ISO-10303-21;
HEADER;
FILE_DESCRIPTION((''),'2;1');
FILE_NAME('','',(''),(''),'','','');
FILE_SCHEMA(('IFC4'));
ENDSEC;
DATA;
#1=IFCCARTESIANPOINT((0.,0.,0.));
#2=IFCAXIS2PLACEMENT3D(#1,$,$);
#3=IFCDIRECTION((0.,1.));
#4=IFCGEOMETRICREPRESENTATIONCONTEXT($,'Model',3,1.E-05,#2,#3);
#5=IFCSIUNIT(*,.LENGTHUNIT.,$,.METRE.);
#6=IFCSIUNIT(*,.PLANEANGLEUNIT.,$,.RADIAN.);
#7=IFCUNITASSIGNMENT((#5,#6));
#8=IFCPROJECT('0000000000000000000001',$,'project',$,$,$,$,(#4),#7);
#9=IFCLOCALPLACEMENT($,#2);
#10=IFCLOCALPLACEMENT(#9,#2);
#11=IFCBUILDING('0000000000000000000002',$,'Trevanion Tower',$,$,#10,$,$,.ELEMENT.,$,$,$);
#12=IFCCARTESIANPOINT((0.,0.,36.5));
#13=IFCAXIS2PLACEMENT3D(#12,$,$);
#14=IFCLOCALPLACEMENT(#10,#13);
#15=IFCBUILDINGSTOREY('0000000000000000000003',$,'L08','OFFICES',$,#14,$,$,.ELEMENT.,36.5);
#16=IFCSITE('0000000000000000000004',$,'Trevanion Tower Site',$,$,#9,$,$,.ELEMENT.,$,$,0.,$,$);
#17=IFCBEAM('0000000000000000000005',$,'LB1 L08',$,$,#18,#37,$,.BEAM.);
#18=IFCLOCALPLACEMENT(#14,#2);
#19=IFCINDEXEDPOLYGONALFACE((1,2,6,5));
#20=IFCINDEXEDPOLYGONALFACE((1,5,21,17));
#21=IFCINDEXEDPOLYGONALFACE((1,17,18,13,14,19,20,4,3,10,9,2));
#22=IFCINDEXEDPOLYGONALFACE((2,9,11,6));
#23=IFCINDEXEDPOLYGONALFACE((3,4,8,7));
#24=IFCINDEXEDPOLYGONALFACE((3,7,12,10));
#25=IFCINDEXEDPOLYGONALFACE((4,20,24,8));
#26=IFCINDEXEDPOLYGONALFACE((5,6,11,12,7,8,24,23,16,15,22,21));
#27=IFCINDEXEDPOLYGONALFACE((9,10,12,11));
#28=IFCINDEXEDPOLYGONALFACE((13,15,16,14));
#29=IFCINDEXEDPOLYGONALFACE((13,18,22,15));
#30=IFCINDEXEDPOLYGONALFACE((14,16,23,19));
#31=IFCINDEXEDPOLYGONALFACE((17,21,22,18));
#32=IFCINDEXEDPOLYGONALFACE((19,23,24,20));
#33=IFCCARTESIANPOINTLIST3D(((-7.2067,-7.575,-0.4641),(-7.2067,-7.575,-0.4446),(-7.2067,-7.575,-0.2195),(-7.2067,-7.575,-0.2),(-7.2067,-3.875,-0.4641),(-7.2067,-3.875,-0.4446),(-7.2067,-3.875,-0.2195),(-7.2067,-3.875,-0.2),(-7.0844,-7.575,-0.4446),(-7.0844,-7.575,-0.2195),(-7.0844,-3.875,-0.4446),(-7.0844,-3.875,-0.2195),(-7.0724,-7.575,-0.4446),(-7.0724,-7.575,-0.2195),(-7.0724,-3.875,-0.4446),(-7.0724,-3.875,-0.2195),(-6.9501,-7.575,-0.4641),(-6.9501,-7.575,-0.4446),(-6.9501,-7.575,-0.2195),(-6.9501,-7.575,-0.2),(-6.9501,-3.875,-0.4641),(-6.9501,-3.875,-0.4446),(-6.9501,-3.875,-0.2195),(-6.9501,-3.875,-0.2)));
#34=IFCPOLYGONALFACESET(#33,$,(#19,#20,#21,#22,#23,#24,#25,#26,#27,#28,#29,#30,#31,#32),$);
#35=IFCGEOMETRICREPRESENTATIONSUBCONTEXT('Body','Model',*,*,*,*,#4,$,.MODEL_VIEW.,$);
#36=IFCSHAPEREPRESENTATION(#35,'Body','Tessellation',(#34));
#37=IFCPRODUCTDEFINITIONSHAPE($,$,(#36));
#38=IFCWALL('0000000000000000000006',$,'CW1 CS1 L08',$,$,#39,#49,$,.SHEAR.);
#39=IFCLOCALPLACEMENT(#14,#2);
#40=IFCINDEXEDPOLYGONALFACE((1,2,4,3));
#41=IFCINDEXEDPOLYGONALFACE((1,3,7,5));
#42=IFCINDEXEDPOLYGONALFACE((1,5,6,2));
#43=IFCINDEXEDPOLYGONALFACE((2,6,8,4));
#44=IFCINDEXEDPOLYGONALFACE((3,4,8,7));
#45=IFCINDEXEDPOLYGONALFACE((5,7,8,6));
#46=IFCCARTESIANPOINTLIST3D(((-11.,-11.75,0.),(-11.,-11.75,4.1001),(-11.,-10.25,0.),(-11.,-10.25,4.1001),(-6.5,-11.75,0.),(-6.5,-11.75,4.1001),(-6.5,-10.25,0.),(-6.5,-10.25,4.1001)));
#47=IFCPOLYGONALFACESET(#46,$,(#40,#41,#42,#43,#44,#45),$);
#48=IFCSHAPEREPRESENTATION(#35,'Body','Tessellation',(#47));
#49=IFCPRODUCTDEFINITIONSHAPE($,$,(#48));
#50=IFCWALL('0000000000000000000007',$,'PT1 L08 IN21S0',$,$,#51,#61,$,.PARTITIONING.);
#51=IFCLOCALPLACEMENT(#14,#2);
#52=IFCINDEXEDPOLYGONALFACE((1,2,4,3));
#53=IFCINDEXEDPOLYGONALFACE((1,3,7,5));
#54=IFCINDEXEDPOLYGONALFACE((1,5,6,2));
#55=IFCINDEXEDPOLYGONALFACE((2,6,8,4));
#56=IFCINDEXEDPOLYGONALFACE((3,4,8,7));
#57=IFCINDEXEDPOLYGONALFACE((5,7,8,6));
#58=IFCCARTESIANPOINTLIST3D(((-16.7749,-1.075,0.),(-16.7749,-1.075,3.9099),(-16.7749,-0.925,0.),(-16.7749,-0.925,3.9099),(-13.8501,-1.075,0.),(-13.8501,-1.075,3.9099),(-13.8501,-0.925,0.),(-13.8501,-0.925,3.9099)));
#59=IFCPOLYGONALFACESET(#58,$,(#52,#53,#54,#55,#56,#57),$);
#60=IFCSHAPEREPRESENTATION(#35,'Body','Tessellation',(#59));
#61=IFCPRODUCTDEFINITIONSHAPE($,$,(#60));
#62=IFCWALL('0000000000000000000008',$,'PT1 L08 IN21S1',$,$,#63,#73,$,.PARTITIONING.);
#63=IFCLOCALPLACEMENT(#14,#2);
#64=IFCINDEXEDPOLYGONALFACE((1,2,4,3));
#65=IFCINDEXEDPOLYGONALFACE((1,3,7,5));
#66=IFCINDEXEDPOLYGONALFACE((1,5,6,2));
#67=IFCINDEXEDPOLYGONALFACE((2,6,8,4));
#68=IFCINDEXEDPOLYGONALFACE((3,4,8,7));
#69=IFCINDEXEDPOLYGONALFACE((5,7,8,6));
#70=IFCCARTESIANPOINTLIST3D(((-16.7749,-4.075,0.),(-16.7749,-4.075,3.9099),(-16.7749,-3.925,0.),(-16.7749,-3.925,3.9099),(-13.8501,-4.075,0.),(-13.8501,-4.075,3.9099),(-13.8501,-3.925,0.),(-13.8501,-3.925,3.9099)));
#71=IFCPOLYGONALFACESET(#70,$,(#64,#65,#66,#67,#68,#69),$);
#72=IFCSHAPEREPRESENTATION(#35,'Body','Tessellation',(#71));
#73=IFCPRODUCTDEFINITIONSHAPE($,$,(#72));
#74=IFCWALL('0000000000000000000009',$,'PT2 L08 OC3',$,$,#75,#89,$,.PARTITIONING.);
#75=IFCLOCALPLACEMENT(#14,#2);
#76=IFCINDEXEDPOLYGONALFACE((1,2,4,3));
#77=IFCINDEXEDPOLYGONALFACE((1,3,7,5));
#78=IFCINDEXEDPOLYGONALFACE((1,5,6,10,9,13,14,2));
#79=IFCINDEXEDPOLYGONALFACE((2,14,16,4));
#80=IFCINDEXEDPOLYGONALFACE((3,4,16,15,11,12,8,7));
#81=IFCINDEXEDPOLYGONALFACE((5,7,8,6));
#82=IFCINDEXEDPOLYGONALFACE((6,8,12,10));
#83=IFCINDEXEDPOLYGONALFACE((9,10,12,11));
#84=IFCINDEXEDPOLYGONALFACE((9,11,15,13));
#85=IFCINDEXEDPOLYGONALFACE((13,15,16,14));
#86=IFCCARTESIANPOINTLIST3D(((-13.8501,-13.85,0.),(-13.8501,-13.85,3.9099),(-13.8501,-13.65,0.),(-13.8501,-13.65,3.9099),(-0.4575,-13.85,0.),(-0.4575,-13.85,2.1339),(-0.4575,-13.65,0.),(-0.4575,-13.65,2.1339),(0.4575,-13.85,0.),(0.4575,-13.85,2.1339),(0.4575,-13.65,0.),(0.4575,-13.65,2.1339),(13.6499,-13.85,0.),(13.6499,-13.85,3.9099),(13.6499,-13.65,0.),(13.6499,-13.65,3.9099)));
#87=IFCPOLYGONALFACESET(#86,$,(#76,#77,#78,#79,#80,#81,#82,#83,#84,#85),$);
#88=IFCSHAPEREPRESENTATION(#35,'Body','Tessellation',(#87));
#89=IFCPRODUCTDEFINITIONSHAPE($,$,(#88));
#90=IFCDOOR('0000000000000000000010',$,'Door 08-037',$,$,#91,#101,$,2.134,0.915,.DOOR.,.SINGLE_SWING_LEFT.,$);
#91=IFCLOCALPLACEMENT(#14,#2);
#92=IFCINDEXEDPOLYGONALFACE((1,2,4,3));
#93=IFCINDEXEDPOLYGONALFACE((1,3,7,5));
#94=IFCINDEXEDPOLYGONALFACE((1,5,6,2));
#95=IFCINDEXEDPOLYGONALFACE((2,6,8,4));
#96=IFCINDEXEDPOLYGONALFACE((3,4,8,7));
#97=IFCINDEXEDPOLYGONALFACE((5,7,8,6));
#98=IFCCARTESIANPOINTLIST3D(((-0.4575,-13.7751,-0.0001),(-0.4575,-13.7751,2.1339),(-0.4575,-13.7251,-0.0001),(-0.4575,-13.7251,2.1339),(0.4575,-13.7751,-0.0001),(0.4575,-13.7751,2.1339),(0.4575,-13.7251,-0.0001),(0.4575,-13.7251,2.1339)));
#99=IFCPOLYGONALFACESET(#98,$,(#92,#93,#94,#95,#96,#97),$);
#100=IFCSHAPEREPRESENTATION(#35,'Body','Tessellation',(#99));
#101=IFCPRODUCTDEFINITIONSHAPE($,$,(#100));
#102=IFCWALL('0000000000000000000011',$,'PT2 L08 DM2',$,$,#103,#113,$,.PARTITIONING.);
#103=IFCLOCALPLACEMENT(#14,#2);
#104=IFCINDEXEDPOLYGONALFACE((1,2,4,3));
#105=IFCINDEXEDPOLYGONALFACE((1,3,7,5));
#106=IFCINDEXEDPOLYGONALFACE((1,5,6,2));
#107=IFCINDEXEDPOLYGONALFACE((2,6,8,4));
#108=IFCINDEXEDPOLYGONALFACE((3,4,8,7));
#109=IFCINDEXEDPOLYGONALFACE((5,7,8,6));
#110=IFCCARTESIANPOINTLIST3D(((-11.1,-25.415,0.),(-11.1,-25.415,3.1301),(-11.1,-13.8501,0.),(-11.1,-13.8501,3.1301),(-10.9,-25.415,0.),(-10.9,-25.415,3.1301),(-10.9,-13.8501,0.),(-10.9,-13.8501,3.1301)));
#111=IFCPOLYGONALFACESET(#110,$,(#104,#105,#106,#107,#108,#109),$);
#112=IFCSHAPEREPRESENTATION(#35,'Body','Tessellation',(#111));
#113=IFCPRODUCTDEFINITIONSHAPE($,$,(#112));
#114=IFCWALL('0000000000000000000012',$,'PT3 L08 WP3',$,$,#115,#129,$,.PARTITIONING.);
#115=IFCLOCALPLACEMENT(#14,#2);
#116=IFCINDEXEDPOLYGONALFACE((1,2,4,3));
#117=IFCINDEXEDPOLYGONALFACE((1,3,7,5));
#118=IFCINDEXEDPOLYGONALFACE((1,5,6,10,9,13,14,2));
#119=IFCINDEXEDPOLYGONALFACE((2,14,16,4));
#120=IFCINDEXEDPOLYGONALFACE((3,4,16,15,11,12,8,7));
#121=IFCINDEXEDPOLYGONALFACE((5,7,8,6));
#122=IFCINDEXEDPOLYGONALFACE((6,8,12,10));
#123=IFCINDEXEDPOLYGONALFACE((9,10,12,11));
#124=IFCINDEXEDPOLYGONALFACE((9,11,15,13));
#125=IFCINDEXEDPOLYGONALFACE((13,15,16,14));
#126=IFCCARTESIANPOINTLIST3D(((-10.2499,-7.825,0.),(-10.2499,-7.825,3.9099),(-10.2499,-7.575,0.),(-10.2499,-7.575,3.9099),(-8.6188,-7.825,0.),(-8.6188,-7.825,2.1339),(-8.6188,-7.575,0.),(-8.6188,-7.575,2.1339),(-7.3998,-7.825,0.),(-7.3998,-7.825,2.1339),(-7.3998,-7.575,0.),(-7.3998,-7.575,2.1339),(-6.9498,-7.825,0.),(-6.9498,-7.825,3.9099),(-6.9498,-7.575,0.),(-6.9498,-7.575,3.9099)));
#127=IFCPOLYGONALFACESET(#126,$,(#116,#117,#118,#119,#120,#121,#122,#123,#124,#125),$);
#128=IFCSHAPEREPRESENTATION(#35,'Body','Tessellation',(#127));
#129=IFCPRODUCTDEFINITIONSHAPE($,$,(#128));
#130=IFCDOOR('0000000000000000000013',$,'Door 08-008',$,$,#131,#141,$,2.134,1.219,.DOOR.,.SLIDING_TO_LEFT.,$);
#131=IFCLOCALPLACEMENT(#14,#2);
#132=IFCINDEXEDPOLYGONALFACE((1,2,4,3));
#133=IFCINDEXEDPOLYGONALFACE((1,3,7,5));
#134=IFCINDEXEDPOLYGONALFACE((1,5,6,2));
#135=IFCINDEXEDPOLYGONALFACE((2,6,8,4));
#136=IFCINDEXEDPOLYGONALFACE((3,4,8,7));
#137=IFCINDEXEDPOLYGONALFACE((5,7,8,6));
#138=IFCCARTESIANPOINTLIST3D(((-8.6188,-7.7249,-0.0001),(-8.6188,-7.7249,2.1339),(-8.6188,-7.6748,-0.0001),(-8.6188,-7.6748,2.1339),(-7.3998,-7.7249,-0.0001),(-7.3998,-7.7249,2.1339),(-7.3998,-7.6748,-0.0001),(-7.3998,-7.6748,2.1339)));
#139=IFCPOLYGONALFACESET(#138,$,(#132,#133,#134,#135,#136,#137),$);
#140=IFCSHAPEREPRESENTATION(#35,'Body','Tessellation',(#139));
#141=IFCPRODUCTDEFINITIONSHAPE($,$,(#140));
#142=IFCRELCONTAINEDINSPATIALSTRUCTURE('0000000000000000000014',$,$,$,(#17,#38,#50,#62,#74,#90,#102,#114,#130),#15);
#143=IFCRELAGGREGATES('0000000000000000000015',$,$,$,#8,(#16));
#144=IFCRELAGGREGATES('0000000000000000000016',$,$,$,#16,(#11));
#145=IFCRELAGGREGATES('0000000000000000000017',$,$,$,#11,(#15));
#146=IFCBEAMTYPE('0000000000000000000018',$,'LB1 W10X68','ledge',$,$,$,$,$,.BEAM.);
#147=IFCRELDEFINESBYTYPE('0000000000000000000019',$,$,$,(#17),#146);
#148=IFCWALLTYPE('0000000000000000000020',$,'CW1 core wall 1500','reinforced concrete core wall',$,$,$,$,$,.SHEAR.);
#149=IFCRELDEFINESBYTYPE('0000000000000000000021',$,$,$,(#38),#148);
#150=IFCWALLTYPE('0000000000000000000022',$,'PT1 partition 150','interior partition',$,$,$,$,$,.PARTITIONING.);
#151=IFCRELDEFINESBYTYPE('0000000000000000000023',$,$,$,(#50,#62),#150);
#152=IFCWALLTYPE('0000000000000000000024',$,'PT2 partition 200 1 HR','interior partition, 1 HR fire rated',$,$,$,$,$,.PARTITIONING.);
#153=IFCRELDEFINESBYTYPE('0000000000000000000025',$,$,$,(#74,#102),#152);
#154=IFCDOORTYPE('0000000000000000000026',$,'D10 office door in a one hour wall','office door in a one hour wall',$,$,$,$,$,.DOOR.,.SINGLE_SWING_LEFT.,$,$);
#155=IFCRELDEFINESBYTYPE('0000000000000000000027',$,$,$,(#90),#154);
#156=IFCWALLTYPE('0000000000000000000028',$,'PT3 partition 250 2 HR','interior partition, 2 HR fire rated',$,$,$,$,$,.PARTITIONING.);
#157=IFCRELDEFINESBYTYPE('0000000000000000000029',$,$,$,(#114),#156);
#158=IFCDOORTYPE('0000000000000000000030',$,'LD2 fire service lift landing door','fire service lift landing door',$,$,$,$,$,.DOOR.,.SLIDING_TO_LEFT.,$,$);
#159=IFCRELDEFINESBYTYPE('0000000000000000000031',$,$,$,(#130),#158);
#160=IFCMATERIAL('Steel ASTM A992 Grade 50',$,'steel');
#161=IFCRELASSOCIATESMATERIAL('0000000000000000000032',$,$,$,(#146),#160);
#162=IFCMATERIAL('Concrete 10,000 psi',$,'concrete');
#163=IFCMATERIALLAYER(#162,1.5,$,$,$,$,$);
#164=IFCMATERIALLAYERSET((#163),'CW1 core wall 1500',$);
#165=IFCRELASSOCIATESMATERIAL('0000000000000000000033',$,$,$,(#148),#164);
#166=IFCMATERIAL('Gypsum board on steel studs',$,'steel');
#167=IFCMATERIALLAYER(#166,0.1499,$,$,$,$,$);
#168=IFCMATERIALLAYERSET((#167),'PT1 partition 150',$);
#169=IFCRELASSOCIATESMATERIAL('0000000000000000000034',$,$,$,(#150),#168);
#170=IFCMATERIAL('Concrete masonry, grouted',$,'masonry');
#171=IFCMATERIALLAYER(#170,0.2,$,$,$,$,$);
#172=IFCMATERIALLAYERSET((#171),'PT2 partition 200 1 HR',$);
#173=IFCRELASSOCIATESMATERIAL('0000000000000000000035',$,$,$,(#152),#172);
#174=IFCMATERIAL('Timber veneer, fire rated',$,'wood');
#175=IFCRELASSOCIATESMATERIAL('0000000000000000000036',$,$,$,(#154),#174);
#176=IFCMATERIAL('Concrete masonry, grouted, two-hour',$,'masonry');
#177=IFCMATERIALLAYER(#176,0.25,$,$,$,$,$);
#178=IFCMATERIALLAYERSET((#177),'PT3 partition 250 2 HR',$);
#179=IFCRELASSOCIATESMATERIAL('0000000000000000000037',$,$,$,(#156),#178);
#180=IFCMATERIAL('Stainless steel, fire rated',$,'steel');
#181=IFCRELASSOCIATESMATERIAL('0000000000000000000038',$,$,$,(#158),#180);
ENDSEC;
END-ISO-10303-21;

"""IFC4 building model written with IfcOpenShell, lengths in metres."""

from ifc_helpers import new_model, si_unit, direction, frame, frame_2d, origin, origin_2d, place, context, subcontext, project, spatial, rectangle, i_section, extrude, material, layer, layer_set, material_profile, profile_set, type_object, element, fill, save


model = new_model("IFC4")

# Units and contexts
model_context = context("Model", 3, precision=1e-05, world=origin(), true_north=direction((0.0, 1.0)))
body_context = subcontext(model_context, "Body", "Model", "MODEL_VIEW")
ifc_project = project(units=[si_unit("LENGTHUNIT", "METRE"), si_unit("PLANEANGLEUNIT", "RADIAN")], contexts=[model_context])

# Site, building, storey
site_placement = place(None, origin())
site = spatial("IfcSite", under=ifc_project, at=site_placement, Name="Trevanion Tower Site", CompositionType="ELEMENT", RefElevation=0.0)
building_placement = place(site_placement, origin())
building = spatial("IfcBuilding", under=site, at=building_placement, Name="Trevanion Tower", CompositionType="ELEMENT")
storey_placement = place(building_placement, frame((0.0, 0.0, 36.5)))
storey = spatial("IfcBuildingStorey", under=building, at=storey_placement, Name="L08", Description="OFFICES", CompositionType="ELEMENT", Elevation=36.5)

# Beam
ifc_material_1 = material(Name="Steel ASTM A992 Grade 50", Category="steel")
ifc_material_profile_1 = material_profile(ifc_material_1, i_section(OverallWidth=0.2566, OverallDepth=0.2642, WebThickness=0.012, FlangeThickness=0.0195, at=origin_2d()), Name="W10X68")
ifc_profile_set_1 = profile_set([ifc_material_profile_1], Name="Steel ASTM A992 Grade 50")
beam_type_1 = type_object("IfcBeamType", Name="LB1 W10X68", Description="ledge", PredefinedType="BEAM", material=ifc_profile_set_1)
for number, where, z_axis, x_axis, name in (
    (1, (-7.0784, -7.575, -0.332), (0.0, 1.0, 0.0), (-1.0, 0.0, 0.0), "LB1 L08"),
):
    element("IfcBeam", number, at=place(storey_placement, frame(where, z_axis=z_axis, x_axis=x_axis)), inside=storey, type_object=beam_type_1, Name=name, PredefinedType="BEAM", context=body_context, shape_type="SweptSolid", body=[
        extrude(i_section(OverallWidth=0.2566, OverallDepth=0.2642, WebThickness=0.012, FlangeThickness=0.0195, at=origin_2d()), origin(), (0.0, 0.0, 1.0), 3.7),
    ])

# Walls
ifc_material_2 = material(Name="Concrete 10,000 psi", Category="concrete")
ifc_layer_1 = layer(ifc_material_2, 1.5)
ifc_layer_set_1 = layer_set([ifc_layer_1], Name="CW1 core wall 1500")
wall_type_1 = type_object("IfcWallType", Name="CW1 core wall 1500", Description="reinforced concrete core wall", PredefinedType="SHEAR", material=ifc_layer_set_1)
wall_1_placement = place(storey_placement, frame((-11.0, -11.0, 0.0), z_axis=(0.0, 0.0, 1.0), x_axis=(1.0, 0.0, 0.0)))
element("IfcWall", 2, at=wall_1_placement, inside=storey, type_object=wall_type_1, Name="CW1 CS1 L08", PredefinedType="SHEAR", context=body_context, shape_type="SweptSolid", body=[
    extrude(rectangle(XDim=4.5, YDim=1.5, at=frame_2d((2.25, 0.0))), origin(), (0.0, 0.0, 1.0), 4.1001),
])
ifc_material_3 = material(Name="Gypsum board on steel studs", Category="steel")
ifc_layer_2 = layer(ifc_material_3, 0.1499)
ifc_layer_set_2 = layer_set([ifc_layer_2], Name="PT1 partition 150")
wall_type_2 = type_object("IfcWallType", Name="PT1 partition 150", Description="interior partition", PredefinedType="PARTITIONING", material=ifc_layer_set_2)
for number, where, z_axis, x_axis, name in (
    (3, (-16.7749, -1.0, 0.0), (0.0, 0.0, 1.0), (1.0, 0.0, 0.0), "PT1 L08 IN21S0"),
    (4, (-16.7749, -4.0, 0.0), (0.0, 0.0, 1.0), (1.0, 0.0, 0.0), "PT1 L08 IN21S1"),
):
    element("IfcWall", number, at=place(storey_placement, frame(where, z_axis=z_axis, x_axis=x_axis)), inside=storey, type_object=wall_type_2, Name=name, PredefinedType="PARTITIONING", context=body_context, shape_type="SweptSolid", body=[
        extrude(rectangle(XDim=2.9248, YDim=0.1499, at=frame_2d((1.4624, 0.0))), origin(), (0.0, 0.0, 1.0), 3.9099),
    ])

# Wall, opening, door
ifc_material_4 = material(Name="Concrete masonry, grouted", Category="masonry")
ifc_layer_3 = layer(ifc_material_4, 0.2)
ifc_layer_set_3 = layer_set([ifc_layer_3], Name="PT2 partition 200 1 HR")
wall_type_3 = type_object("IfcWallType", Name="PT2 partition 200 1 HR", Description="interior partition, 1 HR fire rated", PredefinedType="PARTITIONING", material=ifc_layer_set_3)
wall_2_placement = place(storey_placement, frame((-13.8501, -13.75, 0.0), z_axis=(0.0, 0.0, 1.0), x_axis=(1.0, 0.0, 0.0)))
wall_2 = element("IfcWall", 5, at=wall_2_placement, inside=storey, type_object=wall_type_3, Name="PT2 L08 OC3", PredefinedType="PARTITIONING", context=body_context, shape_type="SweptSolid", body=[
    extrude(rectangle(XDim=27.5, YDim=0.2, at=frame_2d((13.75, 0.0))), origin(), (0.0, 0.0, 1.0), 3.9099),
])
opening_1_placement = place(wall_2_placement, frame((13.3926, 0.0, 0.0)))
opening_1 = element("IfcOpeningElement", 6, at=opening_1_placement, cuts=wall_2, PredefinedType="OPENING", context=body_context, shape_type="SweptSolid", body=[
    extrude(rectangle(XDim=0.915, YDim=2.134, at=frame_2d((0.4575, 1.0669))), frame((0.0, 0.1099, 0.0), z_axis=(0.0, -1.0, 0.0), x_axis=(1.0, 0.0, 0.0)), (0.0, 0.0, 1.0), 0.22),
])
ifc_material_5 = material(Name="Timber veneer, fire rated", Category="wood")
door_type_1 = type_object("IfcDoorType", Name="D10 office door in a one hour wall", Description="office door in a one hour wall", OperationType="SINGLE_SWING_LEFT", PredefinedType="DOOR", material=ifc_material_5)
door_1_placement = place(opening_1_placement, origin())
door_1 = element("IfcDoor", 7, at=door_1_placement, inside=storey, type_object=door_type_1, Name="Door 08-037", OperationType="SINGLE_SWING_LEFT", OverallHeight=2.134, OverallWidth=0.915, PredefinedType="DOOR", context=body_context, shape_type="SweptSolid", body=[
    extrude(rectangle(XDim=0.915, YDim=2.134, at=frame_2d((0.4575, 1.0669))), frame((0.0, 0.0249, 0.0), z_axis=(0.0, -1.0, 0.0), x_axis=(1.0, 0.0, 0.0)), (0.0, 0.0, 1.0), 0.05),
])
fill(opening_1, door_1)

# Wall
wall_3_placement = place(storey_placement, frame((-11.0, -13.8501, 0.0), z_axis=(0.0, 0.0, 1.0), x_axis=(0.0, -1.0, 0.0)))
element("IfcWall", 8, at=wall_3_placement, inside=storey, type_object=wall_type_3, Name="PT2 L08 DM2", PredefinedType="PARTITIONING", context=body_context, shape_type="SweptSolid", body=[
    extrude(rectangle(XDim=11.5649, YDim=0.2, at=frame_2d((5.7825, 0.0))), origin(), (0.0, 0.0, 1.0), 3.1301),
])

# Wall, opening, door
ifc_material_6 = material(Name="Concrete masonry, grouted, two-hour", Category="masonry")
ifc_layer_4 = layer(ifc_material_6, 0.25)
ifc_layer_set_4 = layer_set([ifc_layer_4], Name="PT3 partition 250 2 HR")
wall_type_4 = type_object("IfcWallType", Name="PT3 partition 250 2 HR", Description="interior partition, 2 HR fire rated", PredefinedType="PARTITIONING", material=ifc_layer_set_4)
wall_4_placement = place(storey_placement, frame((-6.95, -7.7, 0.0), z_axis=(0.0, 0.0, 1.0), x_axis=(-1.0, 0.0, 0.0)))
wall_4 = element("IfcWall", 9, at=wall_4_placement, inside=storey, type_object=wall_type_4, Name="PT3 L08 WP3", PredefinedType="PARTITIONING", context=body_context, shape_type="SweptSolid", body=[
    extrude(rectangle(XDim=3.3, YDim=0.25, at=frame_2d((1.6499, 0.0))), origin(), (0.0, 0.0, 1.0), 3.9099),
])
opening_2_placement = place(wall_4_placement, frame((0.45, 0.0, 0.0)))
opening_2 = element("IfcOpeningElement", 10, at=opening_2_placement, cuts=wall_4, PredefinedType="OPENING", context=body_context, shape_type="SweptSolid", body=[
    extrude(rectangle(XDim=1.219, YDim=2.134, at=frame_2d((0.6094, 1.0669))), frame((0.0, 0.135, 0.0), z_axis=(0.0, -1.0, 0.0), x_axis=(1.0, 0.0, 0.0)), (0.0, 0.0, 1.0), 0.27),
])
ifc_material_7 = material(Name="Stainless steel, fire rated", Category="steel")
door_type_2 = type_object("IfcDoorType", Name="LD2 fire service lift landing door", Description="fire service lift landing door", OperationType="SLIDING_TO_LEFT", PredefinedType="DOOR", material=ifc_material_7)
door_2_placement = place(opening_2_placement, origin())
door_2 = element("IfcDoor", 11, at=door_2_placement, inside=storey, type_object=door_type_2, Name="Door 08-008", OperationType="SLIDING_TO_LEFT", OverallHeight=2.134, OverallWidth=1.219, PredefinedType="DOOR", context=body_context, shape_type="SweptSolid", body=[
    extrude(rectangle(XDim=1.219, YDim=2.134, at=frame_2d((0.6094, 1.0669))), frame((0.0, 0.0249, 0.0), z_axis=(0.0, -1.0, 0.0), x_axis=(1.0, 0.0, 0.0)), (0.0, 0.0, 1.0), 0.05),
])
fill(opening_2, door_2)

save(model, "model.ifc")
